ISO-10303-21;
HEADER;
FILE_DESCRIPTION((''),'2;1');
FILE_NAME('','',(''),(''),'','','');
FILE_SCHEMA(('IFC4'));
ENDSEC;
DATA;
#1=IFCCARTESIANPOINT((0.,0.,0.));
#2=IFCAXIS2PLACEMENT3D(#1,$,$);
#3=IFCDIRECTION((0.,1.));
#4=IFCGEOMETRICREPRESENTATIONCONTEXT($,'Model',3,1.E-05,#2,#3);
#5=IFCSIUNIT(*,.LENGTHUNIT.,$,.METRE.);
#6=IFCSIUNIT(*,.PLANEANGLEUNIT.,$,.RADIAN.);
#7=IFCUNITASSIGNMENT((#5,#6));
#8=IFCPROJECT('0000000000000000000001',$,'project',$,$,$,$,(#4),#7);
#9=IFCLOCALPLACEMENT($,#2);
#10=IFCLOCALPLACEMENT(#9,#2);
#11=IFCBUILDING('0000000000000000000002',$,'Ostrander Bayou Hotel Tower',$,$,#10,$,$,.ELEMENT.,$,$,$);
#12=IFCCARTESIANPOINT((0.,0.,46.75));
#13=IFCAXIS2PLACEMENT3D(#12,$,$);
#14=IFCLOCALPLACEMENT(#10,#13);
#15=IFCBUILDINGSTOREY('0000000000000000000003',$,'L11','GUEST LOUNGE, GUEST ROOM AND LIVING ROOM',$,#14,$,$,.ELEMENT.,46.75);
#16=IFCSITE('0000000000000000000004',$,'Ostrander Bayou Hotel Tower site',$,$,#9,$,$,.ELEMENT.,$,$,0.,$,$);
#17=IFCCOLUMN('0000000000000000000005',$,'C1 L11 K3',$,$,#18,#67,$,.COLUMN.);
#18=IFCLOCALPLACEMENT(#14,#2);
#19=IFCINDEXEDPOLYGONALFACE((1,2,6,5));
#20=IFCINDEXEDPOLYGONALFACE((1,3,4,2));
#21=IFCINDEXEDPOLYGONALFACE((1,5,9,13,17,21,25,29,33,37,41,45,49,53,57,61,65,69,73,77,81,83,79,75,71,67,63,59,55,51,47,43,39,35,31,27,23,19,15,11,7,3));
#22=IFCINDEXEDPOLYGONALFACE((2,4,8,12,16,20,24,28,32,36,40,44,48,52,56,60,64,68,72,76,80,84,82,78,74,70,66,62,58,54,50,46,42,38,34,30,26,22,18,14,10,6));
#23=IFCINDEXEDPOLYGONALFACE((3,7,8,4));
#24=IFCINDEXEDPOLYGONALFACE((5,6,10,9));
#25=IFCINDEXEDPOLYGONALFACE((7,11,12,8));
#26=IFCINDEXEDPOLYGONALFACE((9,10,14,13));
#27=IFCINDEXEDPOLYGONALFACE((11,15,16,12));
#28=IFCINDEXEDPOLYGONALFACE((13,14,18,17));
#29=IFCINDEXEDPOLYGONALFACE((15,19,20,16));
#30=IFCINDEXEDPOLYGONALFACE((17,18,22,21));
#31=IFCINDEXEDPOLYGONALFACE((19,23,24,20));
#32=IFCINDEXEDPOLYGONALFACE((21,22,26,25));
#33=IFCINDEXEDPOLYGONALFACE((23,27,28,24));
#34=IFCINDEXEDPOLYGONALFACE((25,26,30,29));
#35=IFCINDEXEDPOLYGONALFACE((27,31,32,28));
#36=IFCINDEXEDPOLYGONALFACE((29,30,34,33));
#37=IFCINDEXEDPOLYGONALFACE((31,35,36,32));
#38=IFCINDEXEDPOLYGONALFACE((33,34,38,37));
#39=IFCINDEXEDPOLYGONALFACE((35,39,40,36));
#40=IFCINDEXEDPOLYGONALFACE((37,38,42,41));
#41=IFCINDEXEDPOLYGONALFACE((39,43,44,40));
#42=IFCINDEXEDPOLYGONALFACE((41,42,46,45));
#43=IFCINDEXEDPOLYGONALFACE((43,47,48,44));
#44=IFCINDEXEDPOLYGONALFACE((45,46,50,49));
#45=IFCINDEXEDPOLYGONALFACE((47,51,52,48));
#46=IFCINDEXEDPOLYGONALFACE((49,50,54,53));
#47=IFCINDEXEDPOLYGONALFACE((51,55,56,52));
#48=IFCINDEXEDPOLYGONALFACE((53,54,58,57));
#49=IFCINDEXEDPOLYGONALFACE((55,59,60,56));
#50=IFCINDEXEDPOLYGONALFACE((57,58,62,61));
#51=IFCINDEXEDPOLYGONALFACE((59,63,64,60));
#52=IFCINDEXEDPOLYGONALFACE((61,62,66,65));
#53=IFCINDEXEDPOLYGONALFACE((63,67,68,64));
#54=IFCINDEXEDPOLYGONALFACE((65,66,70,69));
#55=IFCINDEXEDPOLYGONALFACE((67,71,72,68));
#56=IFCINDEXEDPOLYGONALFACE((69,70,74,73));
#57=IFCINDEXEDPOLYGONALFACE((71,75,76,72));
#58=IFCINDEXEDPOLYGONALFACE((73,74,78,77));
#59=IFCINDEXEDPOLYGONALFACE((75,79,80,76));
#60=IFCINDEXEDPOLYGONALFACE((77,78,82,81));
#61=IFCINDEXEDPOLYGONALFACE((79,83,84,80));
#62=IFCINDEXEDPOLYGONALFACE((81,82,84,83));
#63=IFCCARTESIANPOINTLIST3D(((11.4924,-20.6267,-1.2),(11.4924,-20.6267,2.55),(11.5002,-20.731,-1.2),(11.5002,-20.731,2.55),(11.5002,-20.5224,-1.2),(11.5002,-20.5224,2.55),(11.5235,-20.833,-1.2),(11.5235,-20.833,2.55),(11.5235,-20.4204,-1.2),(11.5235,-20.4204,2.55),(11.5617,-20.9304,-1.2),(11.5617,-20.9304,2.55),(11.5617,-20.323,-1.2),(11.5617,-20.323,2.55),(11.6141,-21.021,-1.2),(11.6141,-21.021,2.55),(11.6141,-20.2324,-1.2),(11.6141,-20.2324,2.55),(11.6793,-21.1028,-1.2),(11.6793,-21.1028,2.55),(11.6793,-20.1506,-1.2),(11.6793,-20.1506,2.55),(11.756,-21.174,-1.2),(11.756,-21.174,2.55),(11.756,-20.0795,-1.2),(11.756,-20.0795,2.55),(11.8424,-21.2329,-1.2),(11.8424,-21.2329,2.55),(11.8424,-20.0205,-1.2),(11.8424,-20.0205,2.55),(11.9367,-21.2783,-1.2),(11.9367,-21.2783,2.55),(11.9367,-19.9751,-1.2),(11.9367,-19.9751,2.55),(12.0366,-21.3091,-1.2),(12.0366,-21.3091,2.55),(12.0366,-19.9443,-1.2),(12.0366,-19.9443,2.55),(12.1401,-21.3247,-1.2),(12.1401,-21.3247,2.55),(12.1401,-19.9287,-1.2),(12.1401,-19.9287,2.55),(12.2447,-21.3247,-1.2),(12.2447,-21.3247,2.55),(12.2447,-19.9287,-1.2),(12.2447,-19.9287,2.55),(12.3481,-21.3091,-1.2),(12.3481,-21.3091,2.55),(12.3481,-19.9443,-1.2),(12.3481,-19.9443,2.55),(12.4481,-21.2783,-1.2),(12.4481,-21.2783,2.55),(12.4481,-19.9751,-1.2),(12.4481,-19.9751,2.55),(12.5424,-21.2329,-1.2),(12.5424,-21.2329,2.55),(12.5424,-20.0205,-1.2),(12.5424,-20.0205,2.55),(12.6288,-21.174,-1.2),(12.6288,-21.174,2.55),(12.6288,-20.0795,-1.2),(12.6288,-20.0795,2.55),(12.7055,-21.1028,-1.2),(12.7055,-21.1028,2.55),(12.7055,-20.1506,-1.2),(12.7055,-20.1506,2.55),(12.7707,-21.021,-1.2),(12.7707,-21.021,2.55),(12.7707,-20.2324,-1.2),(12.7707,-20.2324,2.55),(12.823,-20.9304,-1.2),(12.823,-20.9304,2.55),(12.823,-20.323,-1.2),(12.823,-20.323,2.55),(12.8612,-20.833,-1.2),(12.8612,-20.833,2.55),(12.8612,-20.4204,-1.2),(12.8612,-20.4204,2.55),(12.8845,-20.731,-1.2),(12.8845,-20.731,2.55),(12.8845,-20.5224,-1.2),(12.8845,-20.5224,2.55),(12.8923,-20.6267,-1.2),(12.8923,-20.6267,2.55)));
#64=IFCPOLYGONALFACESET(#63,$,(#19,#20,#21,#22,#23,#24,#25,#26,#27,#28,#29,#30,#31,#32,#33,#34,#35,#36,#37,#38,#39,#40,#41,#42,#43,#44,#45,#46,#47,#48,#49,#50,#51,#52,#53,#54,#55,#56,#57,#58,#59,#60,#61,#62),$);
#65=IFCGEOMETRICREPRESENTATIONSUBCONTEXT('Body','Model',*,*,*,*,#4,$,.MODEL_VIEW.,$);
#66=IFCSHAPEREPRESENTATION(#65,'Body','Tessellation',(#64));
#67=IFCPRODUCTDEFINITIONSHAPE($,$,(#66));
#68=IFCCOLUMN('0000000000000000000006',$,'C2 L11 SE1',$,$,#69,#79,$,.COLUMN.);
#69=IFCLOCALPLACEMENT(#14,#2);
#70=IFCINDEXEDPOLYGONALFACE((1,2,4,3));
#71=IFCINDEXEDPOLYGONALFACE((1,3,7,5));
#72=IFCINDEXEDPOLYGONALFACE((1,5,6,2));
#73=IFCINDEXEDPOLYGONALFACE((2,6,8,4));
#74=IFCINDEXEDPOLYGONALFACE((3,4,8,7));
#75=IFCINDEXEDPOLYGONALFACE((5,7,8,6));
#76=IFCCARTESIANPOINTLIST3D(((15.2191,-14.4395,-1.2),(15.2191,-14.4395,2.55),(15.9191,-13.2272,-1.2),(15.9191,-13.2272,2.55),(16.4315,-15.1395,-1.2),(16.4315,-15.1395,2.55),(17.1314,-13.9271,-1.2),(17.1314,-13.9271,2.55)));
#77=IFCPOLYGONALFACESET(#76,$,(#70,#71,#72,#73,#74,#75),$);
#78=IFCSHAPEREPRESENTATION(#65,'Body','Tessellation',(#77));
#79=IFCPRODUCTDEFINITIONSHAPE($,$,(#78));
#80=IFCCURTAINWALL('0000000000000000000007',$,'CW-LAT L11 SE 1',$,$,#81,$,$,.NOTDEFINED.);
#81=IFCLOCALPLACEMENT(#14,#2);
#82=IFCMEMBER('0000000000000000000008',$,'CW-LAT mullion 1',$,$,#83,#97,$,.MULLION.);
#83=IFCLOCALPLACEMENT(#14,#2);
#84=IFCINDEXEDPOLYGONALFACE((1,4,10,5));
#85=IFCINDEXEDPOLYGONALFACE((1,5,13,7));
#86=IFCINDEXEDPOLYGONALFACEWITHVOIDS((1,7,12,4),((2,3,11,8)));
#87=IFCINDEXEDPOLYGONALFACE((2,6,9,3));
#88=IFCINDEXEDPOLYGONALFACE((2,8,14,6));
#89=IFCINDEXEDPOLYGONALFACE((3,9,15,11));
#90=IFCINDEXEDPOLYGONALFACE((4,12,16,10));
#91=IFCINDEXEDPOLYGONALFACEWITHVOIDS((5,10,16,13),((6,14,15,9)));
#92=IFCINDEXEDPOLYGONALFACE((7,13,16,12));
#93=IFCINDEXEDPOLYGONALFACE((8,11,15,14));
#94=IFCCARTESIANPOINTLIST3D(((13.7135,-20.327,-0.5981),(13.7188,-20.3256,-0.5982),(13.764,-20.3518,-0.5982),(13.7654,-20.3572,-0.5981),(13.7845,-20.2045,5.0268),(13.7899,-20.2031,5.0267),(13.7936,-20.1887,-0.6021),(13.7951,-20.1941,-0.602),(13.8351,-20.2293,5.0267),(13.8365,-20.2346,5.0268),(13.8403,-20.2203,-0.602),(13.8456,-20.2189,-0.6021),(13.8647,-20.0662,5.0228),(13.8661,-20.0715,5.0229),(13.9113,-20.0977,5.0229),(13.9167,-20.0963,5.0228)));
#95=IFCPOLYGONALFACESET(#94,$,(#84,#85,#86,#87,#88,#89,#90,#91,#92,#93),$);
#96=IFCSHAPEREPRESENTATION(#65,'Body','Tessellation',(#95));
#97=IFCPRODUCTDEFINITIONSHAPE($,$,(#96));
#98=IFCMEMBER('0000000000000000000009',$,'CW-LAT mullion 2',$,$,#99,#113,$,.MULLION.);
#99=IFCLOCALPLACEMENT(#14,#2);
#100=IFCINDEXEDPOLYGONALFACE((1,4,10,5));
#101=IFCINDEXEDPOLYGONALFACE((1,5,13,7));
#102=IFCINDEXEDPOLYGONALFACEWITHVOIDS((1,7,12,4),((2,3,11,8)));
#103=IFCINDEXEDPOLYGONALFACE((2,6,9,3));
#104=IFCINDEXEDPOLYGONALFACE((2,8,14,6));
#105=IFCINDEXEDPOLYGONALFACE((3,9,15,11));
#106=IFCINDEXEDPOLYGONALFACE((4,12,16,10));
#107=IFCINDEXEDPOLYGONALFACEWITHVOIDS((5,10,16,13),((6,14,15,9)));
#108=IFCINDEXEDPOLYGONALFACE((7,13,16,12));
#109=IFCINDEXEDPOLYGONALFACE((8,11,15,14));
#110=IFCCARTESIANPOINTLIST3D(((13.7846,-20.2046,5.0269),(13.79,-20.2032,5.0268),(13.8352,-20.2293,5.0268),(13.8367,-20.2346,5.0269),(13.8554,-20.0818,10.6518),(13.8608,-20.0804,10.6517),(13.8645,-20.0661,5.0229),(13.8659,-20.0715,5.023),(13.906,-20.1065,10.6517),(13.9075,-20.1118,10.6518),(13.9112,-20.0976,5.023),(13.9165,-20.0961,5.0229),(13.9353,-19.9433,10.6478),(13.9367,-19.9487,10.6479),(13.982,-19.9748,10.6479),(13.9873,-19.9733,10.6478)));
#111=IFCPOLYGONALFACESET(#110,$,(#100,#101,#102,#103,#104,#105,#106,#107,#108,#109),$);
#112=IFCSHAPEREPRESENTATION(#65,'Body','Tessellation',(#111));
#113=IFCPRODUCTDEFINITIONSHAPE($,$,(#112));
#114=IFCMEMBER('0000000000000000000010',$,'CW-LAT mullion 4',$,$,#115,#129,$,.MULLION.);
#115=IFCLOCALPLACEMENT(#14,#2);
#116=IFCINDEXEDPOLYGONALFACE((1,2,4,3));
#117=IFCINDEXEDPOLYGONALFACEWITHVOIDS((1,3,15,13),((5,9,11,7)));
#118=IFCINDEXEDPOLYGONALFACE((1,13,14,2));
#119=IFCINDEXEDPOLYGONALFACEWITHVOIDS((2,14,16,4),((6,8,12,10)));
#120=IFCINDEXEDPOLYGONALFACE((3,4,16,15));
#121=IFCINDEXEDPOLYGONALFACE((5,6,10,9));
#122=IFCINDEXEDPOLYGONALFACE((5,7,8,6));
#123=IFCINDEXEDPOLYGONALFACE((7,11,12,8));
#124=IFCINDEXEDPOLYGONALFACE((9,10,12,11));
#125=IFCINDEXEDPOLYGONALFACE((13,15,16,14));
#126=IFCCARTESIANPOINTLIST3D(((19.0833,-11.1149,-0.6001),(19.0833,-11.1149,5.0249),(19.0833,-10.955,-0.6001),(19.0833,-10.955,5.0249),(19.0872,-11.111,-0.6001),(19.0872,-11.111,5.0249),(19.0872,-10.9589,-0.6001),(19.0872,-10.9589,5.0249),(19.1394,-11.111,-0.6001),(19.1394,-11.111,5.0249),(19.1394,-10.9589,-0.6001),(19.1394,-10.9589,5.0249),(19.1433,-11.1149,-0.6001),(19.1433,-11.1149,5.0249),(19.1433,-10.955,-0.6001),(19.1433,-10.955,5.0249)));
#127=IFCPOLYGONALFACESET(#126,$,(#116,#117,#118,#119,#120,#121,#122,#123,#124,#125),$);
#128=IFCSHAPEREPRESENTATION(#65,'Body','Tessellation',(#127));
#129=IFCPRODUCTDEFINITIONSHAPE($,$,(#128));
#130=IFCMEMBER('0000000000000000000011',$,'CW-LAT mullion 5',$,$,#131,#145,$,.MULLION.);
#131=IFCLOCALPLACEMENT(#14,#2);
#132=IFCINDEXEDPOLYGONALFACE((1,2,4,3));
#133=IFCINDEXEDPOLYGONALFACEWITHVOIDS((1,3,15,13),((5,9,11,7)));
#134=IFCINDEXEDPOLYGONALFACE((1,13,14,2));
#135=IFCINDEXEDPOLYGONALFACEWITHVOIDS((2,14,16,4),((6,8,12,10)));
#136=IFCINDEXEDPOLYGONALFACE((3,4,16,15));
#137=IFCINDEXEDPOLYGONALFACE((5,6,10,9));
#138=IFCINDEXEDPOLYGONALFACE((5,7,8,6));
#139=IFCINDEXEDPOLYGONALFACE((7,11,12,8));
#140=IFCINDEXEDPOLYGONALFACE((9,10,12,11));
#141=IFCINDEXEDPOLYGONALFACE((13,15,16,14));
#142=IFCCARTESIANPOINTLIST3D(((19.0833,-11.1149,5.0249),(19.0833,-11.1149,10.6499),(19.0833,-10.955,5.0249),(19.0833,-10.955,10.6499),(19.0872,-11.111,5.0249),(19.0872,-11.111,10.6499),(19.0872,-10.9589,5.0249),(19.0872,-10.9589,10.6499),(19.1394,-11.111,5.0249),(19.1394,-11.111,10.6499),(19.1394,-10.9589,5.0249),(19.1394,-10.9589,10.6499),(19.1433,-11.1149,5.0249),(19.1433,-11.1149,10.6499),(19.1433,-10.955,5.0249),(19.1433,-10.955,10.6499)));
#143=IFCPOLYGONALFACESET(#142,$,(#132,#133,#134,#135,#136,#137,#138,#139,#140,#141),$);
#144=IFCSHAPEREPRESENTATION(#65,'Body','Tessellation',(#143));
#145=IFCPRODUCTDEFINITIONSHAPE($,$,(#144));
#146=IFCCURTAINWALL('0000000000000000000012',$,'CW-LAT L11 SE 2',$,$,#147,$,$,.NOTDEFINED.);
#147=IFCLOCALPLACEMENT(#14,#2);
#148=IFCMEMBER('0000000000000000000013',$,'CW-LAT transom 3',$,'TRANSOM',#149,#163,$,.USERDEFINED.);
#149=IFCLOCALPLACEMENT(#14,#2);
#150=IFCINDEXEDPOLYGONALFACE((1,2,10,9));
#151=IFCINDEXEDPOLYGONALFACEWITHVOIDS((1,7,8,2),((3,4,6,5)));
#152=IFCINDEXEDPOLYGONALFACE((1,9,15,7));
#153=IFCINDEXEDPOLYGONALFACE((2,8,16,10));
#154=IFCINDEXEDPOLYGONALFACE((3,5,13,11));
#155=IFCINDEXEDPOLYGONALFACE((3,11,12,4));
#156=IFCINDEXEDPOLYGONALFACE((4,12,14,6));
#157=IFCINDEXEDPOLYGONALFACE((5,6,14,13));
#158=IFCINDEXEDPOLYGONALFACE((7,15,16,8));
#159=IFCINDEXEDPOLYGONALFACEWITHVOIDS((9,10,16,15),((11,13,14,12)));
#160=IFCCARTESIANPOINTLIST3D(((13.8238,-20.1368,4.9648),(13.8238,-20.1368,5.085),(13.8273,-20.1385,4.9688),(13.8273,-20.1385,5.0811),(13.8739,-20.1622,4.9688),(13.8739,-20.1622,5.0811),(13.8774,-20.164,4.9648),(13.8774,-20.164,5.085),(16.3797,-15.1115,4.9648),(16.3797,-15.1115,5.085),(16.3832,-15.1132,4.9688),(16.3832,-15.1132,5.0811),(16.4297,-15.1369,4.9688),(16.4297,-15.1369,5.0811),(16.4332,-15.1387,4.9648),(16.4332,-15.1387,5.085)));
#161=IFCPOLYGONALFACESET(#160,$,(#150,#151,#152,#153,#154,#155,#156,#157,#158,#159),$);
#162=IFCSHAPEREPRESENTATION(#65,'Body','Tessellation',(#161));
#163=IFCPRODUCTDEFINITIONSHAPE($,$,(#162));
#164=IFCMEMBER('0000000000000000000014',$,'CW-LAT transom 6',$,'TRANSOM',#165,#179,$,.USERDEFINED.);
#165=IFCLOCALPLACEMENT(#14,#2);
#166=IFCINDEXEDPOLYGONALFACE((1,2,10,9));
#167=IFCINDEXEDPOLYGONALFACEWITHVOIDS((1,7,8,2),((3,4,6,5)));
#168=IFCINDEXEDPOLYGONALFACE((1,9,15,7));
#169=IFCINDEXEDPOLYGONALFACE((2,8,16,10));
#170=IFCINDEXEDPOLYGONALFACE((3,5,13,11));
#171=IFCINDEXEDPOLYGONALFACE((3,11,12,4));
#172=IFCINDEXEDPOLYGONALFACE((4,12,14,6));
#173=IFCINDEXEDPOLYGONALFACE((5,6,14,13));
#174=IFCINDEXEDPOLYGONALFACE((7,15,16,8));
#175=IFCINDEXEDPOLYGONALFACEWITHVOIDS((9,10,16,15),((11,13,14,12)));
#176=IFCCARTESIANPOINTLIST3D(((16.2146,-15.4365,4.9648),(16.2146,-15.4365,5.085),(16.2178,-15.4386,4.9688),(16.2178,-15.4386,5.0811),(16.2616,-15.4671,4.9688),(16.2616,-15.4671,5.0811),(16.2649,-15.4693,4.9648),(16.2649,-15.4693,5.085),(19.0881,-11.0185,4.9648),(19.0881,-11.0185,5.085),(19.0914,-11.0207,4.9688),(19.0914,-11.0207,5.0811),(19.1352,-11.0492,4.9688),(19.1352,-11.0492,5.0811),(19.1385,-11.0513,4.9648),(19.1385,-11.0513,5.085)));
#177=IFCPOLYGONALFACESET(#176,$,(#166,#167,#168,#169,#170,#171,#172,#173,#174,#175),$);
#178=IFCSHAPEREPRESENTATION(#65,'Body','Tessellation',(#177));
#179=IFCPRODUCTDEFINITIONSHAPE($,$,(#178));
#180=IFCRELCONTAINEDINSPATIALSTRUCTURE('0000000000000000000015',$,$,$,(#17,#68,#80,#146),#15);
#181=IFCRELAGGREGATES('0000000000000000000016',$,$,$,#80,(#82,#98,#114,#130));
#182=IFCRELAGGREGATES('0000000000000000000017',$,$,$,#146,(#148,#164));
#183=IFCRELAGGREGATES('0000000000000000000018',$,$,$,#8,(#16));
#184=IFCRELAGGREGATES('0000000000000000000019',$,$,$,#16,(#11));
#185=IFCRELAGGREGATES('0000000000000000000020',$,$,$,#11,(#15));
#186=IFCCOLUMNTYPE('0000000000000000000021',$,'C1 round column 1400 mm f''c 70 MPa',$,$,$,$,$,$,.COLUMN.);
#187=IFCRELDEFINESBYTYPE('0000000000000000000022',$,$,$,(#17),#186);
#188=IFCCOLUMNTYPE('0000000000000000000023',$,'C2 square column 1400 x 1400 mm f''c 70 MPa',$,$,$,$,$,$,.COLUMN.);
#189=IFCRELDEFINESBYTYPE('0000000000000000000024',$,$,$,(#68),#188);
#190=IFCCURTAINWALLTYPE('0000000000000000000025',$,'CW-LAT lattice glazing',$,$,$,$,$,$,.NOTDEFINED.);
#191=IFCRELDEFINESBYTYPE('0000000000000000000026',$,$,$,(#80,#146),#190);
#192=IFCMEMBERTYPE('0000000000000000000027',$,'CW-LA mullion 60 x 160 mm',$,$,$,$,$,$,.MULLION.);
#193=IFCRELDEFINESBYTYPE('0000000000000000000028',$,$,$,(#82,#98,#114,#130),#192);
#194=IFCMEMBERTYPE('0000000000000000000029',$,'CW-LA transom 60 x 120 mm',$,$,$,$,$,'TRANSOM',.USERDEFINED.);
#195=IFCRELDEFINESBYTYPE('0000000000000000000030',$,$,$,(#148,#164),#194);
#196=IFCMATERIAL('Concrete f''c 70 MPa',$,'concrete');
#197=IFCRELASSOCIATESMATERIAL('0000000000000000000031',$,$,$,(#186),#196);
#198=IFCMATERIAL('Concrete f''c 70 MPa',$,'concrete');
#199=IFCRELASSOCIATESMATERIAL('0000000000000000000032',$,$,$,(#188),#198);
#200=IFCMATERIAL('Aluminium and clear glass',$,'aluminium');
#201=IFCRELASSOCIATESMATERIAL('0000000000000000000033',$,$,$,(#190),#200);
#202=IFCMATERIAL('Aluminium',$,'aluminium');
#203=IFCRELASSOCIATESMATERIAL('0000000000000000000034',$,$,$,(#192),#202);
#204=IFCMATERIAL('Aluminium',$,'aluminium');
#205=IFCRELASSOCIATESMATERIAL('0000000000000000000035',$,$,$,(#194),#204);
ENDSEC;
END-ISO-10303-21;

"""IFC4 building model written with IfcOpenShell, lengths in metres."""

from ifc_helpers import new_model, si_unit, direction, frame, origin, origin_2d, place, context, subcontext, project, spatial, rectangle, hollow_rectangle, circle, extrude, material, material_profile, profile_set, type_object, element, aggregate, save


model = new_model("IFC4")

# Units and contexts
model_context = context("Model", 3, precision=1e-05, world=origin(), true_north=direction((0.0, 1.0)))
body_context = subcontext(model_context, "Body", "Model", "MODEL_VIEW")
ifc_project = project(units=[si_unit("LENGTHUNIT", "METRE"), si_unit("PLANEANGLEUNIT", "RADIAN")], contexts=[model_context])

# Site, building, storey
site_placement = place(None, origin())
site = spatial("IfcSite", under=ifc_project, at=site_placement, Name="Ostrander Bayou Hotel Tower site", CompositionType="ELEMENT", RefElevation=0.0)
building_placement = place(site_placement, origin())
building = spatial("IfcBuilding", under=site, at=building_placement, Name="Ostrander Bayou Hotel Tower", CompositionType="ELEMENT")
storey_placement = place(building_placement, frame((0.0, 0.0, 46.75)))
storey = spatial("IfcBuildingStorey", under=building, at=storey_placement, Name="L11", Description="GUEST LOUNGE, GUEST ROOM AND LIVING ROOM", CompositionType="ELEMENT", Elevation=46.75)

# Columns
ifc_material_1 = material(Name="Concrete f'c 70 MPa", Category="concrete")
ifc_material_profile_1 = material_profile(ifc_material_1, circle(Radius=0.7, at=origin_2d()))
ifc_profile_set_1 = profile_set([ifc_material_profile_1], Name="Concrete f'c 70 MPa")
column_type_1 = type_object("IfcColumnType", Name="C1 round column 1400 mm f'c 70 MPa", PredefinedType="COLUMN", material=ifc_profile_set_1)
column_1_placement = place(storey_placement, frame((12.1924, -20.6267, -1.2), z_axis=(0.0, 0.0, 1.0), x_axis=(1.0, 0.0, 0.0)))
element("IfcColumn", 1, at=column_1_placement, inside=storey, type_object=column_type_1, Name="C1 L11 K3", PredefinedType="COLUMN", context=body_context, shape_type="SweptSolid", body=[
    extrude(circle(Radius=0.7, at=origin_2d()), origin(), (0.0, 0.0, 1.0), 3.75),
])
ifc_material_2 = material(Name="Concrete f'c 70 MPa", Category="concrete")
ifc_material_profile_2 = material_profile(ifc_material_2, rectangle(XDim=1.3999, YDim=1.3999, at=origin_2d()))
ifc_profile_set_2 = profile_set([ifc_material_profile_2], Name="Concrete f'c 70 MPa")
column_type_2 = type_object("IfcColumnType", Name="C2 square column 1400 x 1400 mm f'c 70 MPa", PredefinedType="COLUMN", material=ifc_profile_set_2)
column_2_placement = place(storey_placement, frame((16.1753, -14.1833, -1.2), z_axis=(0.0, 0.0, 1.0), x_axis=(-0.5, -0.866025, 0.0)))
element("IfcColumn", 2, at=column_2_placement, inside=storey, type_object=column_type_2, Name="C2 L11 SE1", PredefinedType="COLUMN", context=body_context, shape_type="SweptSolid", body=[
    extrude(rectangle(XDim=1.3999, YDim=1.3999, at=origin_2d()), origin(), (0.0, 0.0, 1.0), 3.75),
])

# Curtain walls, members
ifc_material_3 = material(Name="Aluminium and clear glass", Category="aluminium")
curtain_wall_type = type_object("IfcCurtainWallType", Name="CW-LAT lattice glazing", PredefinedType="NOTDEFINED", material=ifc_material_3)
curtain_wall_1_placement = place(storey_placement, origin())
curtain_wall_1 = element("IfcCurtainWall", 3, at=curtain_wall_1_placement, inside=storey, type_object=curtain_wall_type, Name="CW-LAT L11 SE 1", PredefinedType="NOTDEFINED")
ifc_material_4 = material(Name="Aluminium", Category="aluminium")
ifc_material_profile_3 = material_profile(ifc_material_4, hollow_rectangle(XDim=0.0601, YDim=0.1599, WallThickness=0.0039, at=origin_2d()))
ifc_profile_set_3 = profile_set([ifc_material_profile_3], Name="Aluminium")
member_type_1 = type_object("IfcMemberType", Name="CW-LA mullion 60 x 160 mm", PredefinedType="MULLION", material=ifc_profile_set_3)
member_1_placement = place(storey_placement, frame((13.7795, -20.2729, -0.6001), z_axis=(0.012626, 0.021781, 0.999683), x_axis=(-0.865151, 0.501512, 0.0)))
member_1 = element("IfcMember", 4, at=member_1_placement, type_object=member_type_1, Name="CW-LAT mullion 1", PredefinedType="MULLION", context=body_context, shape_type="SweptSolid", body=[
    extrude(hollow_rectangle(XDim=0.0601, YDim=0.1599, WallThickness=0.0039, at=origin_2d()), origin(), (0.0, 0.0, 1.0), 5.6267),
])
member_2_placement = place(storey_placement, frame((13.8506, -20.1504, 5.0249), z_axis=(0.012583, 0.021825, 0.999683), x_axis=(-0.866329, 0.499474, 0.0)))
member_2 = element("IfcMember", 5, at=member_2_placement, type_object=member_type_1, Name="CW-LAT mullion 2", PredefinedType="MULLION", context=body_context, shape_type="SweptSolid", body=[
    extrude(hollow_rectangle(XDim=0.0601, YDim=0.1599, WallThickness=0.0039, at=origin_2d()), origin(), (0.0, 0.0, 1.0), 5.6267),
])
member_3_placement = place(storey_placement, frame((19.1133, -11.0349, -0.6001), z_axis=(0.0, 0.0, 1.0), x_axis=(1.0, 0.0, 0.0)))
member_3 = element("IfcMember", 6, at=member_3_placement, type_object=member_type_1, Name="CW-LAT mullion 4", PredefinedType="MULLION", context=body_context, shape_type="SweptSolid", body=[
    extrude(hollow_rectangle(XDim=0.0601, YDim=0.1599, WallThickness=0.0039, at=origin_2d()), origin(), (0.0, 0.0, 1.0), 5.625),
])
member_4_placement = place(storey_placement, frame((19.1133, -11.0349, 5.0249), z_axis=(0.0, 0.0, 1.0), x_axis=(1.0, 0.0, 0.0)))
member_4 = element("IfcMember", 7, at=member_4_placement, type_object=member_type_1, Name="CW-LAT mullion 5", PredefinedType="MULLION", context=body_context, shape_type="SweptSolid", body=[
    extrude(hollow_rectangle(XDim=0.0601, YDim=0.1599, WallThickness=0.0039, at=origin_2d()), origin(), (0.0, 0.0, 1.0), 5.625),
])
curtain_wall_2_placement = place(storey_placement, origin())
curtain_wall_2 = element("IfcCurtainWall", 8, at=curtain_wall_2_placement, inside=storey, type_object=curtain_wall_type, Name="CW-LAT L11 SE 2", PredefinedType="NOTDEFINED")
ifc_material_5 = material(Name="Aluminium", Category="aluminium")
ifc_material_profile_4 = material_profile(ifc_material_5, hollow_rectangle(XDim=0.0601, YDim=0.1201, WallThickness=0.0039, at=origin_2d()))
ifc_profile_set_4 = profile_set([ifc_material_profile_4], Name="Aluminium")
member_type_2 = type_object("IfcMemberType", Name="CW-LA transom 60 x 120 mm", ElementType="TRANSOM", PredefinedType="USERDEFINED", material=ifc_profile_set_4)
member_5_placement = place(storey_placement, frame((13.8506, -20.1504, 5.0249), z_axis=(0.453335, 0.89134, 0.0), x_axis=(-0.89134, 0.453335, 0.0)))
member_5 = element("IfcMember", 9, at=member_5_placement, type_object=member_type_2, Name="CW-LAT transom 3", ObjectType="TRANSOM", PredefinedType="USERDEFINED", context=body_context, shape_type="SweptSolid", body=[
    extrude(hollow_rectangle(XDim=0.0601, YDim=0.1201, WallThickness=0.0039, at=origin_2d()), origin(), (0.0, 0.0, 1.0), 5.6379),
])
member_6_placement = place(storey_placement, frame((19.1133, -11.0349, 5.0249), z_axis=(-0.545236, -0.838283, 0.0), x_axis=(0.838283, -0.545236, 0.0)))
member_6 = element("IfcMember", 10, at=member_6_placement, type_object=member_type_2, Name="CW-LAT transom 6", ObjectType="TRANSOM", PredefinedType="USERDEFINED", context=body_context, shape_type="SweptSolid", body=[
    extrude(hollow_rectangle(XDim=0.0601, YDim=0.1201, WallThickness=0.0039, at=origin_2d()), origin(), (0.0, 0.0, 1.0), 5.2703),
])

aggregate(curtain_wall_1, [member_1, member_2, member_3, member_4])
aggregate(curtain_wall_2, [member_5, member_6])

save(model, "model.ifc")
